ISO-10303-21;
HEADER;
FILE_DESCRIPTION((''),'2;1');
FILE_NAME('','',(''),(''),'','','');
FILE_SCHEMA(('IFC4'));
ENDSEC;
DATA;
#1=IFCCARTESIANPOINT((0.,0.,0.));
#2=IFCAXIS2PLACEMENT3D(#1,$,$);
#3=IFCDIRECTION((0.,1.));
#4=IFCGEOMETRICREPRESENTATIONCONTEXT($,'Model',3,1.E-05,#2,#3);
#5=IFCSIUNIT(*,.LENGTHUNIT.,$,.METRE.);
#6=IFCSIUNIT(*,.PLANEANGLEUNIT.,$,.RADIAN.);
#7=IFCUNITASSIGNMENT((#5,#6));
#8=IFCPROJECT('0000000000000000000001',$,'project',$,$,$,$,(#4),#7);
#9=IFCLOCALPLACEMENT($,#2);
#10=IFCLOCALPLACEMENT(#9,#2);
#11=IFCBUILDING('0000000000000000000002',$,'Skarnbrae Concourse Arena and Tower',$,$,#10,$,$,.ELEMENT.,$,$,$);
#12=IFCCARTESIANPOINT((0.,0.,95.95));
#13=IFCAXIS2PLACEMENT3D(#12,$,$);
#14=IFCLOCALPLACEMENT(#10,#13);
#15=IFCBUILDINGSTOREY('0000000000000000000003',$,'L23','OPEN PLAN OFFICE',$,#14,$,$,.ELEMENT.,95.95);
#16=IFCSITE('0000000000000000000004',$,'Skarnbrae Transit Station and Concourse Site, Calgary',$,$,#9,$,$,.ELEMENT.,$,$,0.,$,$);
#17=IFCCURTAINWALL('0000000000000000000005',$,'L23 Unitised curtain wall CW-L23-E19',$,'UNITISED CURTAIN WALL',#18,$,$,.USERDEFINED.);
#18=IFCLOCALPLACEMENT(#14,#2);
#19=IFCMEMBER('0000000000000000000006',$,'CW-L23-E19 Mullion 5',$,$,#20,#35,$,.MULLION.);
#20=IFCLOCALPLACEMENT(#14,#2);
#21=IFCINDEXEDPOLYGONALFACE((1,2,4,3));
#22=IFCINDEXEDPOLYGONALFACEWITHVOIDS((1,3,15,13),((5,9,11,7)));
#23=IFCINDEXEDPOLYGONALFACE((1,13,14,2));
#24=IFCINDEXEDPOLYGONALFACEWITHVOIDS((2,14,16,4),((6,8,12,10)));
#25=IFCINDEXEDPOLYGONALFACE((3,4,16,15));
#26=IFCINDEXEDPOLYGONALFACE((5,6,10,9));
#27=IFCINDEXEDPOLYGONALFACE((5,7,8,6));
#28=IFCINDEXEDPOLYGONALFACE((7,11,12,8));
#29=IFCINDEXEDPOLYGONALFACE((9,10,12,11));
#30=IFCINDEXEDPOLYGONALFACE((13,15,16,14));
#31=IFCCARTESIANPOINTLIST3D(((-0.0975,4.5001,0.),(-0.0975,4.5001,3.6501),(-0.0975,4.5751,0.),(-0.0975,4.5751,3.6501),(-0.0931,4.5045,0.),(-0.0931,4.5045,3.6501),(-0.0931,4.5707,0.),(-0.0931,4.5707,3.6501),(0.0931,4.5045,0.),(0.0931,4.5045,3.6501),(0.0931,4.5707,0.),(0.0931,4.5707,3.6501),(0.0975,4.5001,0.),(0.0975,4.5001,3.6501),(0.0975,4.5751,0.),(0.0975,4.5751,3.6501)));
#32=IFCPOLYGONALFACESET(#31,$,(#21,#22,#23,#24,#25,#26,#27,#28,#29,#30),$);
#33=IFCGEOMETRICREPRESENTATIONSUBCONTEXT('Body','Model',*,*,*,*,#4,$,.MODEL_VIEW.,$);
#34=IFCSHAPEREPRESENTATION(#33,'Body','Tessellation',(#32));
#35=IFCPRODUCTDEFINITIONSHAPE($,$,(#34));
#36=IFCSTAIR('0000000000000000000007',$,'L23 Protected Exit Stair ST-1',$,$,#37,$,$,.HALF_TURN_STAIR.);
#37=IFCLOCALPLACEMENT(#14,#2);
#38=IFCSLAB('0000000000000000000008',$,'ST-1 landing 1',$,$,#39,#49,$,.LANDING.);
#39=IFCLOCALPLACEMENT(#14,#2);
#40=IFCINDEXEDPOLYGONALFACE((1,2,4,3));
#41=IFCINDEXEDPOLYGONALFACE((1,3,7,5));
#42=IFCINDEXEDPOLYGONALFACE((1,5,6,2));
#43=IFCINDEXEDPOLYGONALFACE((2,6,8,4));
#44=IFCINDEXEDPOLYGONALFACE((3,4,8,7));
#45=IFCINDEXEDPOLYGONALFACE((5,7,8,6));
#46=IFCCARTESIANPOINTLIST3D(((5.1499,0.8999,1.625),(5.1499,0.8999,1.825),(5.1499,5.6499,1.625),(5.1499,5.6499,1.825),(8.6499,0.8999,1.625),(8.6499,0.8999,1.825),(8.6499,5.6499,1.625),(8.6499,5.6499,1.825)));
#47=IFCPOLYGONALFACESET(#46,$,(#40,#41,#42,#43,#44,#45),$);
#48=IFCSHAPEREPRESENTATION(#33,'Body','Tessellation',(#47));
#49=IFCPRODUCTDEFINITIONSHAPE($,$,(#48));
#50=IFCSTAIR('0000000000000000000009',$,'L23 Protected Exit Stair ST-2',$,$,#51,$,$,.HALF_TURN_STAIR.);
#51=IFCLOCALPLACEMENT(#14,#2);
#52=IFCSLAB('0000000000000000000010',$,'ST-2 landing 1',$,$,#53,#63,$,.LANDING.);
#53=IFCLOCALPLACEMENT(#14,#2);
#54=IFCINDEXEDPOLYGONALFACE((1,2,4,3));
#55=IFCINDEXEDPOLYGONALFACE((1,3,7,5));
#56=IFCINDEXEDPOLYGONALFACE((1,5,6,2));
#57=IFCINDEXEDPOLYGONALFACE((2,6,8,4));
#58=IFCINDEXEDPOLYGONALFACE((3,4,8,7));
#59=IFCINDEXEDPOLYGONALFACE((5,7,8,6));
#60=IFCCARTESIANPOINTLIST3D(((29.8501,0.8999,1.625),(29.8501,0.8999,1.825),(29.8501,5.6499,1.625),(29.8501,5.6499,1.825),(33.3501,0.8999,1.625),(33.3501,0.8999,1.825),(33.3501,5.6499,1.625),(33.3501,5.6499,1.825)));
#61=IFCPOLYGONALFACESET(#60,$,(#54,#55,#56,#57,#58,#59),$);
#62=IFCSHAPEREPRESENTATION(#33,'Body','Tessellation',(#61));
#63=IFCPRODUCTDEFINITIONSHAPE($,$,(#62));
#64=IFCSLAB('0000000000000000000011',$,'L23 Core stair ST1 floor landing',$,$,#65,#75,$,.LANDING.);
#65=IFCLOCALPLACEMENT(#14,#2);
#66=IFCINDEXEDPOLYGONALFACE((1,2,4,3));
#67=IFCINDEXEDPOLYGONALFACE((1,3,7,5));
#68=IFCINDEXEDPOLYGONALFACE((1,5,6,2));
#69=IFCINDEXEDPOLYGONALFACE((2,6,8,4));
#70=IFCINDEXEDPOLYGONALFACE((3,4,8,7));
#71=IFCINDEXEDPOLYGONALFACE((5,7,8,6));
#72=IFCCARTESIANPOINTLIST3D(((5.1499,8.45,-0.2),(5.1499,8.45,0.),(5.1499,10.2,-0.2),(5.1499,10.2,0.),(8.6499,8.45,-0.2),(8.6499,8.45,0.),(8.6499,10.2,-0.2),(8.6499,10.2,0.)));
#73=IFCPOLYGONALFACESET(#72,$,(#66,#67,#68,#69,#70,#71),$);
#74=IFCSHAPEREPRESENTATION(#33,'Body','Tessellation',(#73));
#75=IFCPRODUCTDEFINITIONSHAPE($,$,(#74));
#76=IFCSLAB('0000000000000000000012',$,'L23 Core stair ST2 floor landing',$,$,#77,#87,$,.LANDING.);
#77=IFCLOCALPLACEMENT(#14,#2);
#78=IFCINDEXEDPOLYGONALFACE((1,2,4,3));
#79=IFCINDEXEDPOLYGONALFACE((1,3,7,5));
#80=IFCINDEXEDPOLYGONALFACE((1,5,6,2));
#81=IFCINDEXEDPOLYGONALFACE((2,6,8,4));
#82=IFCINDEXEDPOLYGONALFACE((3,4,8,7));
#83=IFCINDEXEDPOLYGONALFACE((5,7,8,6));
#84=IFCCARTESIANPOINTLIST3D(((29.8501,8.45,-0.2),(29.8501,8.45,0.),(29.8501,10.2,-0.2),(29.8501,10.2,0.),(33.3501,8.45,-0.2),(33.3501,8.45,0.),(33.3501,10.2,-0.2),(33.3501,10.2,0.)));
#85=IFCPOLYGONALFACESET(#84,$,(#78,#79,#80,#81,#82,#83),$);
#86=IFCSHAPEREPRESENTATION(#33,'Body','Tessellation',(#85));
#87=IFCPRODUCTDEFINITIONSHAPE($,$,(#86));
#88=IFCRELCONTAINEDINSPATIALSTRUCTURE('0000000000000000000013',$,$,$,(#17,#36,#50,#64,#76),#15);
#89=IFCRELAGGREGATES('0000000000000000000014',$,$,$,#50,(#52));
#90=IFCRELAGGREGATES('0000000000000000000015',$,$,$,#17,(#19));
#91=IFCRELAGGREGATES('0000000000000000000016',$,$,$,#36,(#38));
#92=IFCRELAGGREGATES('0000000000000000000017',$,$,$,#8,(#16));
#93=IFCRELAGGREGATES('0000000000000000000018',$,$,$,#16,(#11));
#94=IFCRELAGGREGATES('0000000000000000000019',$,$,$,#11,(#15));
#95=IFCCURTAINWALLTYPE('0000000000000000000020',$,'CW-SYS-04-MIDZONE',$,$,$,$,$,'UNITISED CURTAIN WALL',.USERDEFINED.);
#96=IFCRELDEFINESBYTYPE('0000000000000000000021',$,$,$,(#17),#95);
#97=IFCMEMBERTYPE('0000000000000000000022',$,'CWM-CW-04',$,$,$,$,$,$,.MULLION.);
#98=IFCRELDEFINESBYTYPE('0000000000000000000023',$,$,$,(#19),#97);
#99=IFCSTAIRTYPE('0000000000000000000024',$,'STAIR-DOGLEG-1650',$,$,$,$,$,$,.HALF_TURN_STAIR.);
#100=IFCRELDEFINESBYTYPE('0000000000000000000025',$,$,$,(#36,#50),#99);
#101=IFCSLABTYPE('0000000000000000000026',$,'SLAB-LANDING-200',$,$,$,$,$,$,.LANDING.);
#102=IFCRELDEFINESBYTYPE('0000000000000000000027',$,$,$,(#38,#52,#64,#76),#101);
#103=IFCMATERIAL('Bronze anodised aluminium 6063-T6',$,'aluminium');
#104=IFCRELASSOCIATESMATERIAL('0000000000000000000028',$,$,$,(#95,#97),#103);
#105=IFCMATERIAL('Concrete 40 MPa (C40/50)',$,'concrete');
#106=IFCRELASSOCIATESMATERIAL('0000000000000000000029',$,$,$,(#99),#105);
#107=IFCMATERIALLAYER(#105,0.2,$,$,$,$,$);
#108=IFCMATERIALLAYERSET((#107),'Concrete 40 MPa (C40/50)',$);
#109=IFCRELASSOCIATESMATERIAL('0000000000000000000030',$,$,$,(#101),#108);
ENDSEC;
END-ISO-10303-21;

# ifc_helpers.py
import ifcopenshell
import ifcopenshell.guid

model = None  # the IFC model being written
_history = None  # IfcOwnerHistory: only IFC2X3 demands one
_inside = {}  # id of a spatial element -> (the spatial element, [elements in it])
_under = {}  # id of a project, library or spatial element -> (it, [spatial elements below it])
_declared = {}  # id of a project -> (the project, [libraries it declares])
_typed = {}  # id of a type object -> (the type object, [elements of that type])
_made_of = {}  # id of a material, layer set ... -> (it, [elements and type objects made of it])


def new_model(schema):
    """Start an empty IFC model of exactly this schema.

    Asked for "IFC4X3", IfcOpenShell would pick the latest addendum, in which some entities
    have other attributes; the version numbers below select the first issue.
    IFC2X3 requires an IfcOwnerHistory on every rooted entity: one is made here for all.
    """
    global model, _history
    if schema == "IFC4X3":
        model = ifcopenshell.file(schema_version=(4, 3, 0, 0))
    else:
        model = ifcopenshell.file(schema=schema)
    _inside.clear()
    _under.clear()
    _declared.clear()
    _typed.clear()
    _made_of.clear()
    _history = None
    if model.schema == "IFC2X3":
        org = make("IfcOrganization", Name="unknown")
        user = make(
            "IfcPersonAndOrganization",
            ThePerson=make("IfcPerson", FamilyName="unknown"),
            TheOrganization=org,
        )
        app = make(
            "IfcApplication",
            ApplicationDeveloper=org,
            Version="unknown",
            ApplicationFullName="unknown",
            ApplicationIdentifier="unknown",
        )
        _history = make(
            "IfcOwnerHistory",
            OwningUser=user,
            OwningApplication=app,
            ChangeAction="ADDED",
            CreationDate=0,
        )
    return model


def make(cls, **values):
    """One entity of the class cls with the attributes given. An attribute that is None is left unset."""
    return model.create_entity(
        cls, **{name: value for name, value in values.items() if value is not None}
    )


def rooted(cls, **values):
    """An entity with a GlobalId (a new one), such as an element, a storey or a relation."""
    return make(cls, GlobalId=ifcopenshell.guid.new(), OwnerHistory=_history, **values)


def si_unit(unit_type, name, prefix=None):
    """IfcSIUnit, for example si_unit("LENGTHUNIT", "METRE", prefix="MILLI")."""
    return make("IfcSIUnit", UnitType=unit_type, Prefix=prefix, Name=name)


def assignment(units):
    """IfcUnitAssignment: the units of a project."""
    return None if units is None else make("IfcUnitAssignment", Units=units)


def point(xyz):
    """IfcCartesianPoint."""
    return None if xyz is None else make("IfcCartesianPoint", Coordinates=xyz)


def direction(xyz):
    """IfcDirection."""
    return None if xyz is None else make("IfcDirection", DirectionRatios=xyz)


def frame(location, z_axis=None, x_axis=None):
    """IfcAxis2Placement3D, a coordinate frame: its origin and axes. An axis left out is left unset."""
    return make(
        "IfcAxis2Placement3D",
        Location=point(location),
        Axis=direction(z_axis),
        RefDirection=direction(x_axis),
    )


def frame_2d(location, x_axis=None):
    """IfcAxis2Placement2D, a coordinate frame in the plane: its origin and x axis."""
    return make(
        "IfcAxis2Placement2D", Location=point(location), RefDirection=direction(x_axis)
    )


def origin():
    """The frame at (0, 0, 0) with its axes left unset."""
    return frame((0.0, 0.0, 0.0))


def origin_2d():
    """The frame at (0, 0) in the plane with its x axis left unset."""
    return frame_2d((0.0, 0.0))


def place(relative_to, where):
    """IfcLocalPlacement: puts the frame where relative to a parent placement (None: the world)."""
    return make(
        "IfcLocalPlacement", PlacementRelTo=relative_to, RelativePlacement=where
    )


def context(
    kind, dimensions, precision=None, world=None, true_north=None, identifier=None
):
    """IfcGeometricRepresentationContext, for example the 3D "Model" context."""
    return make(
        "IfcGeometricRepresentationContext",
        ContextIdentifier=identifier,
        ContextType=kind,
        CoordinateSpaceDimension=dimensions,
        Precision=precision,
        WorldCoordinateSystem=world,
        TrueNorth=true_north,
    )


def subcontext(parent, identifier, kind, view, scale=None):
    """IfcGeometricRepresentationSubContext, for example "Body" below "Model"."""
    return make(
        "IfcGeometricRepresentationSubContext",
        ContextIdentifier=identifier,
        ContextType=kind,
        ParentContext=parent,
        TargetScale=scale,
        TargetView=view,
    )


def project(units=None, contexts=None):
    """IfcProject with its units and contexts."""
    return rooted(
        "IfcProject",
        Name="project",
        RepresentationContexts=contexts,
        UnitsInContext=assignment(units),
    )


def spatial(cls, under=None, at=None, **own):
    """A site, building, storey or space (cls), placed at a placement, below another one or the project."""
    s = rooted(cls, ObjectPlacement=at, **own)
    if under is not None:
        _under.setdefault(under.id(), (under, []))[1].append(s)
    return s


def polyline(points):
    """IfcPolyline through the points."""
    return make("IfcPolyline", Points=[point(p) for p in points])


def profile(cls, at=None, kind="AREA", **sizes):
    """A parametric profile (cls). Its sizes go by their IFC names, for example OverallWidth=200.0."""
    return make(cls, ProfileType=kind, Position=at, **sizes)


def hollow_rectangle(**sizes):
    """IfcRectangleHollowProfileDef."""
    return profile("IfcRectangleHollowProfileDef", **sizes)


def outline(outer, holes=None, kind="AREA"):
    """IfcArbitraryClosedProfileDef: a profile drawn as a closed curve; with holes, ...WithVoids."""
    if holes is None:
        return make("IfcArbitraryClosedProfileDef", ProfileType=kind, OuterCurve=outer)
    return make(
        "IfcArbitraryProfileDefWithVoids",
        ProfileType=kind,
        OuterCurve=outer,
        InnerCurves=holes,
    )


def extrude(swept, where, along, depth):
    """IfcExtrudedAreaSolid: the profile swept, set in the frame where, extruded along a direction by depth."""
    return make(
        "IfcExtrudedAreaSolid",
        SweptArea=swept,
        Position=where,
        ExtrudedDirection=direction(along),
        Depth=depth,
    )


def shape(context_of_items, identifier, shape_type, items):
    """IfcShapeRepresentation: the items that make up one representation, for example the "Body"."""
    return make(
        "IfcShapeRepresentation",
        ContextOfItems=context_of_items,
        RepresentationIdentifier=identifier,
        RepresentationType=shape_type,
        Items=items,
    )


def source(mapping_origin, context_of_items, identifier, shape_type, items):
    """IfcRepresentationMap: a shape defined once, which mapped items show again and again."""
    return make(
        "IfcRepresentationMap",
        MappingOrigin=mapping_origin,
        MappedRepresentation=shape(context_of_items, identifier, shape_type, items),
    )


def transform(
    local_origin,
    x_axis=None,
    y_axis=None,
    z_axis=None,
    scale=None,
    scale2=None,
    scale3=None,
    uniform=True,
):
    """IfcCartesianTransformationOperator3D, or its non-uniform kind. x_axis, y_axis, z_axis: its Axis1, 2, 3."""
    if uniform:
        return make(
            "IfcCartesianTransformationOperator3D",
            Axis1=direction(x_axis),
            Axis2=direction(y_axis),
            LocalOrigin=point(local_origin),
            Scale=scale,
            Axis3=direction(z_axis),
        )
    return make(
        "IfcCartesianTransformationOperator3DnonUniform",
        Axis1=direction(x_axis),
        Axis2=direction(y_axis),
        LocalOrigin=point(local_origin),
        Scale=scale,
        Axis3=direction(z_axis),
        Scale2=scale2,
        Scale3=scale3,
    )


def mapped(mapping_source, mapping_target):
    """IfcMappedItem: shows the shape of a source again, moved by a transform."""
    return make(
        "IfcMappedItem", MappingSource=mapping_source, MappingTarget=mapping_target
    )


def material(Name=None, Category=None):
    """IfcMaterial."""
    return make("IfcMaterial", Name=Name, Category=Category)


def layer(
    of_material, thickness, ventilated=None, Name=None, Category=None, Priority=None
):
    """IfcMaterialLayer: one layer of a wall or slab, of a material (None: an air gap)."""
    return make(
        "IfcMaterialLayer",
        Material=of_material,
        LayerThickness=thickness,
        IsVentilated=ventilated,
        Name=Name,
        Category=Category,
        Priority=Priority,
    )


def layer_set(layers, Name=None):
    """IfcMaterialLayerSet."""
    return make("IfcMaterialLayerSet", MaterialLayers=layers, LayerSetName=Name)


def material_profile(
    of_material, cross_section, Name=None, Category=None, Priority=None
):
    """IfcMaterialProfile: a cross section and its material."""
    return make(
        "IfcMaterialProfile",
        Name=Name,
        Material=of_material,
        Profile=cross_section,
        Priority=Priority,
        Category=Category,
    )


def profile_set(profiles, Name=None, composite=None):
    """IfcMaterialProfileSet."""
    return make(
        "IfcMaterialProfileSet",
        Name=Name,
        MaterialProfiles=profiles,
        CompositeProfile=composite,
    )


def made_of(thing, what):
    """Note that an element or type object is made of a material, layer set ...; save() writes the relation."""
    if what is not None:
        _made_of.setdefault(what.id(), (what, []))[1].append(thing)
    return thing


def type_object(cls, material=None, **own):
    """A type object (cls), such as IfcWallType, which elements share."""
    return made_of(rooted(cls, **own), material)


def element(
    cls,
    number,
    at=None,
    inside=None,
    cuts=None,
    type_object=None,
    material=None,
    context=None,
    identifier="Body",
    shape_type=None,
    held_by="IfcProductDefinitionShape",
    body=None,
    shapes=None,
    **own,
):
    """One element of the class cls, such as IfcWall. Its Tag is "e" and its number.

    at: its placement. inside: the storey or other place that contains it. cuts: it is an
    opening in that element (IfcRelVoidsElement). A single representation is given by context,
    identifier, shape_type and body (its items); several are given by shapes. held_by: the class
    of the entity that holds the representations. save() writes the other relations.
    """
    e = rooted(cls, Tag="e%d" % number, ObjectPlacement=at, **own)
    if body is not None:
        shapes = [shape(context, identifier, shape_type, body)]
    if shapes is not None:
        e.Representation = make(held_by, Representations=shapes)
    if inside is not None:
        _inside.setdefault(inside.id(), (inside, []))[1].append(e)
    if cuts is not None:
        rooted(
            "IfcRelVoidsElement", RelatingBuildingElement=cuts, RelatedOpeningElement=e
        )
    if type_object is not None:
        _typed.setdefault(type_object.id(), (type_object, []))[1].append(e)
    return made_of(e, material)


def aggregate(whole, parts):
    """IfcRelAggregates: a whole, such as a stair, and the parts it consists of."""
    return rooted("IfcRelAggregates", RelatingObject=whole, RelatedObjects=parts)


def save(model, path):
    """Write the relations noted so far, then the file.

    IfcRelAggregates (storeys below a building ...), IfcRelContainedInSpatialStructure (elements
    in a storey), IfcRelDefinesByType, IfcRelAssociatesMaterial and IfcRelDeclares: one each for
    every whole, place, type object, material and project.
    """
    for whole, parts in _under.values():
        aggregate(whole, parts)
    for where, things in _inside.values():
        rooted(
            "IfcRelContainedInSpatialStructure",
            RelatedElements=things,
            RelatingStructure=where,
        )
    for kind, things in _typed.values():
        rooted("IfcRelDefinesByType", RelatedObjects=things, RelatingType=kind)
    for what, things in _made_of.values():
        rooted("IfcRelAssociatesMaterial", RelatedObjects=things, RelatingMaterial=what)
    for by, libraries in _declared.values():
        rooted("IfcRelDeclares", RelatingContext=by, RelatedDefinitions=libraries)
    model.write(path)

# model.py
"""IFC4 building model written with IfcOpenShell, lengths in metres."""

from ifc_helpers import new_model, si_unit, direction, frame, origin, origin_2d, place, context, subcontext, project, spatial, polyline, hollow_rectangle, outline, extrude, source, transform, mapped, material, layer, layer_set, material_profile, profile_set, type_object, element, aggregate, save


model = new_model("IFC4")

# Units and contexts
model_context = context("Model", 3, precision=1e-05, world=origin(), true_north=direction((0.0, 1.0)))
body_context = subcontext(model_context, "Body", "Model", "MODEL_VIEW")
ifc_project = project(units=[si_unit("LENGTHUNIT", "METRE"), si_unit("PLANEANGLEUNIT", "RADIAN")], contexts=[model_context])

# Site, building, storey
site_placement = place(None, origin())
site = spatial("IfcSite", under=ifc_project, at=site_placement, Name="Skarnbrae Transit Station and Concourse Site, Calgary", CompositionType="ELEMENT", RefElevation=0.0)
building_placement = place(site_placement, origin())
building = spatial("IfcBuilding", under=site, at=building_placement, Name="Skarnbrae Concourse Arena and Tower", CompositionType="ELEMENT")
storey_placement = place(building_placement, frame((0.0, 0.0, 95.95)))
storey = spatial("IfcBuildingStorey", under=building, at=storey_placement, Name="L23", Description="OPEN PLAN OFFICE", CompositionType="ELEMENT", Elevation=95.95)

# Curtain wall, member
ifc_material_1 = material(Name="Bronze anodised aluminium 6063-T6", Category="aluminium")
curtain_wall_type = type_object("IfcCurtainWallType", Name="CW-SYS-04-MIDZONE", ElementType="UNITISED CURTAIN WALL", PredefinedType="USERDEFINED", material=ifc_material_1)
curtain_wall_placement = place(storey_placement, origin())
curtain_wall = element("IfcCurtainWall", 1, at=curtain_wall_placement, inside=storey, type_object=curtain_wall_type, Name="L23 Unitised curtain wall CW-L23-E19", ObjectType="UNITISED CURTAIN WALL", PredefinedType="USERDEFINED")
ifc_material_profile = material_profile(ifc_material_1, hollow_rectangle(XDim=0.075, YDim=0.1951, WallThickness=0.0044, at=origin_2d()), Name="ALU-MULL-75X195")
ifc_profile_set = profile_set([ifc_material_profile], Name="Bronze anodised aluminium 6063-T6")
member_type = type_object("IfcMemberType", Name="CWM-CW-04", PredefinedType="MULLION", material=ifc_profile_set)
shared_shape_1 = source(origin(), body_context, "Body", "SweptSolid", [
    extrude(hollow_rectangle(XDim=0.075, YDim=0.1951, WallThickness=0.0044, at=origin_2d()), origin(), (0.0, 0.0, 1.0), 3.6501),
])
member_placement = place(storey_placement, frame((0.0, 4.5376, 0.0), z_axis=(0.0, 0.0, 1.0), x_axis=(0.0, -1.0, 0.0)))
member = element("IfcMember", 2, at=member_placement, type_object=member_type, Name="CW-L23-E19 Mullion 5", PredefinedType="MULLION", context=body_context, shape_type="MappedRepresentation", body=[
    mapped(shared_shape_1, transform((0.0, 0.0, 0.0))),
])

# Stairs, slabs
ifc_material_2 = material(Name="Concrete 40 MPa (C40/50)", Category="concrete")
stair_type = type_object("IfcStairType", Name="STAIR-DOGLEG-1650", PredefinedType="HALF_TURN_STAIR", material=ifc_material_2)
stair_1_placement = place(storey_placement, origin())
stair_1 = element("IfcStair", 3, at=stair_1_placement, inside=storey, type_object=stair_type, Name="L23 Protected Exit Stair ST-1", PredefinedType="HALF_TURN_STAIR")
ifc_layer_1 = layer(ifc_material_2, 0.2)
ifc_layer_set_1 = layer_set([ifc_layer_1], Name="Concrete 40 MPa (C40/50)")
slab_type_1 = type_object("IfcSlabType", Name="SLAB-LANDING-200", PredefinedType="LANDING", material=ifc_layer_set_1)
slab_1_placement = place(storey_placement, frame((0.0, 0.0, 1.625)))
slab_1 = element("IfcSlab", 4, at=slab_1_placement, type_object=slab_type_1, Name="ST-1 landing 1", PredefinedType="LANDING", context=body_context, shape_type="SweptSolid", body=[
    extrude(outline(polyline([(5.1499, 5.6499), (5.1499, 0.8999), (8.6499, 0.8999), (8.6499, 5.6499), (5.1499, 5.6499)])), origin(), (0.0, 0.0, 1.0), 0.2),
])
stair_2_placement = place(storey_placement, origin())
stair_2 = element("IfcStair", 5, at=stair_2_placement, inside=storey, type_object=stair_type, Name="L23 Protected Exit Stair ST-2", PredefinedType="HALF_TURN_STAIR")
slab_2_placement = place(storey_placement, frame((0.0, 0.0, 1.625)))
slab_2 = element("IfcSlab", 6, at=slab_2_placement, type_object=slab_type_1, Name="ST-2 landing 1", PredefinedType="LANDING", context=body_context, shape_type="SweptSolid", body=[
    extrude(outline(polyline([(29.8501, 5.6499), (29.8501, 0.8999), (33.3501, 0.8999), (33.3501, 5.6499), (29.8501, 5.6499)])), origin(), (0.0, 0.0, 1.0), 0.2),
])
aggregate(stair_2, [slab_2])

# Slabs
slab_3_placement = place(storey_placement, frame((0.0, 0.0, -0.2)))
element("IfcSlab", 7, at=slab_3_placement, inside=storey, type_object=slab_type_1, Name="L23 Core stair ST1 floor landing", PredefinedType="LANDING", context=body_context, shape_type="SweptSolid", body=[
    extrude(outline(polyline([(5.1499, 10.2), (5.1499, 8.45), (8.6499, 8.45), (8.6499, 10.2), (5.1499, 10.2)])), origin(), (0.0, 0.0, 1.0), 0.2),
])
slab_4_placement = place(storey_placement, frame((0.0, 0.0, -0.2)))
element("IfcSlab", 8, at=slab_4_placement, inside=storey, type_object=slab_type_1, Name="L23 Core stair ST2 floor landing", PredefinedType="LANDING", context=body_context, shape_type="SweptSolid", body=[
    extrude(outline(polyline([(29.8501, 10.2), (29.8501, 8.45), (33.3501, 8.45), (33.3501, 10.2), (29.8501, 10.2)])), origin(), (0.0, 0.0, 1.0), 0.2),
])

aggregate(curtain_wall, [member])

aggregate(stair_1, [slab_1])

save(model, "model.ifc")
